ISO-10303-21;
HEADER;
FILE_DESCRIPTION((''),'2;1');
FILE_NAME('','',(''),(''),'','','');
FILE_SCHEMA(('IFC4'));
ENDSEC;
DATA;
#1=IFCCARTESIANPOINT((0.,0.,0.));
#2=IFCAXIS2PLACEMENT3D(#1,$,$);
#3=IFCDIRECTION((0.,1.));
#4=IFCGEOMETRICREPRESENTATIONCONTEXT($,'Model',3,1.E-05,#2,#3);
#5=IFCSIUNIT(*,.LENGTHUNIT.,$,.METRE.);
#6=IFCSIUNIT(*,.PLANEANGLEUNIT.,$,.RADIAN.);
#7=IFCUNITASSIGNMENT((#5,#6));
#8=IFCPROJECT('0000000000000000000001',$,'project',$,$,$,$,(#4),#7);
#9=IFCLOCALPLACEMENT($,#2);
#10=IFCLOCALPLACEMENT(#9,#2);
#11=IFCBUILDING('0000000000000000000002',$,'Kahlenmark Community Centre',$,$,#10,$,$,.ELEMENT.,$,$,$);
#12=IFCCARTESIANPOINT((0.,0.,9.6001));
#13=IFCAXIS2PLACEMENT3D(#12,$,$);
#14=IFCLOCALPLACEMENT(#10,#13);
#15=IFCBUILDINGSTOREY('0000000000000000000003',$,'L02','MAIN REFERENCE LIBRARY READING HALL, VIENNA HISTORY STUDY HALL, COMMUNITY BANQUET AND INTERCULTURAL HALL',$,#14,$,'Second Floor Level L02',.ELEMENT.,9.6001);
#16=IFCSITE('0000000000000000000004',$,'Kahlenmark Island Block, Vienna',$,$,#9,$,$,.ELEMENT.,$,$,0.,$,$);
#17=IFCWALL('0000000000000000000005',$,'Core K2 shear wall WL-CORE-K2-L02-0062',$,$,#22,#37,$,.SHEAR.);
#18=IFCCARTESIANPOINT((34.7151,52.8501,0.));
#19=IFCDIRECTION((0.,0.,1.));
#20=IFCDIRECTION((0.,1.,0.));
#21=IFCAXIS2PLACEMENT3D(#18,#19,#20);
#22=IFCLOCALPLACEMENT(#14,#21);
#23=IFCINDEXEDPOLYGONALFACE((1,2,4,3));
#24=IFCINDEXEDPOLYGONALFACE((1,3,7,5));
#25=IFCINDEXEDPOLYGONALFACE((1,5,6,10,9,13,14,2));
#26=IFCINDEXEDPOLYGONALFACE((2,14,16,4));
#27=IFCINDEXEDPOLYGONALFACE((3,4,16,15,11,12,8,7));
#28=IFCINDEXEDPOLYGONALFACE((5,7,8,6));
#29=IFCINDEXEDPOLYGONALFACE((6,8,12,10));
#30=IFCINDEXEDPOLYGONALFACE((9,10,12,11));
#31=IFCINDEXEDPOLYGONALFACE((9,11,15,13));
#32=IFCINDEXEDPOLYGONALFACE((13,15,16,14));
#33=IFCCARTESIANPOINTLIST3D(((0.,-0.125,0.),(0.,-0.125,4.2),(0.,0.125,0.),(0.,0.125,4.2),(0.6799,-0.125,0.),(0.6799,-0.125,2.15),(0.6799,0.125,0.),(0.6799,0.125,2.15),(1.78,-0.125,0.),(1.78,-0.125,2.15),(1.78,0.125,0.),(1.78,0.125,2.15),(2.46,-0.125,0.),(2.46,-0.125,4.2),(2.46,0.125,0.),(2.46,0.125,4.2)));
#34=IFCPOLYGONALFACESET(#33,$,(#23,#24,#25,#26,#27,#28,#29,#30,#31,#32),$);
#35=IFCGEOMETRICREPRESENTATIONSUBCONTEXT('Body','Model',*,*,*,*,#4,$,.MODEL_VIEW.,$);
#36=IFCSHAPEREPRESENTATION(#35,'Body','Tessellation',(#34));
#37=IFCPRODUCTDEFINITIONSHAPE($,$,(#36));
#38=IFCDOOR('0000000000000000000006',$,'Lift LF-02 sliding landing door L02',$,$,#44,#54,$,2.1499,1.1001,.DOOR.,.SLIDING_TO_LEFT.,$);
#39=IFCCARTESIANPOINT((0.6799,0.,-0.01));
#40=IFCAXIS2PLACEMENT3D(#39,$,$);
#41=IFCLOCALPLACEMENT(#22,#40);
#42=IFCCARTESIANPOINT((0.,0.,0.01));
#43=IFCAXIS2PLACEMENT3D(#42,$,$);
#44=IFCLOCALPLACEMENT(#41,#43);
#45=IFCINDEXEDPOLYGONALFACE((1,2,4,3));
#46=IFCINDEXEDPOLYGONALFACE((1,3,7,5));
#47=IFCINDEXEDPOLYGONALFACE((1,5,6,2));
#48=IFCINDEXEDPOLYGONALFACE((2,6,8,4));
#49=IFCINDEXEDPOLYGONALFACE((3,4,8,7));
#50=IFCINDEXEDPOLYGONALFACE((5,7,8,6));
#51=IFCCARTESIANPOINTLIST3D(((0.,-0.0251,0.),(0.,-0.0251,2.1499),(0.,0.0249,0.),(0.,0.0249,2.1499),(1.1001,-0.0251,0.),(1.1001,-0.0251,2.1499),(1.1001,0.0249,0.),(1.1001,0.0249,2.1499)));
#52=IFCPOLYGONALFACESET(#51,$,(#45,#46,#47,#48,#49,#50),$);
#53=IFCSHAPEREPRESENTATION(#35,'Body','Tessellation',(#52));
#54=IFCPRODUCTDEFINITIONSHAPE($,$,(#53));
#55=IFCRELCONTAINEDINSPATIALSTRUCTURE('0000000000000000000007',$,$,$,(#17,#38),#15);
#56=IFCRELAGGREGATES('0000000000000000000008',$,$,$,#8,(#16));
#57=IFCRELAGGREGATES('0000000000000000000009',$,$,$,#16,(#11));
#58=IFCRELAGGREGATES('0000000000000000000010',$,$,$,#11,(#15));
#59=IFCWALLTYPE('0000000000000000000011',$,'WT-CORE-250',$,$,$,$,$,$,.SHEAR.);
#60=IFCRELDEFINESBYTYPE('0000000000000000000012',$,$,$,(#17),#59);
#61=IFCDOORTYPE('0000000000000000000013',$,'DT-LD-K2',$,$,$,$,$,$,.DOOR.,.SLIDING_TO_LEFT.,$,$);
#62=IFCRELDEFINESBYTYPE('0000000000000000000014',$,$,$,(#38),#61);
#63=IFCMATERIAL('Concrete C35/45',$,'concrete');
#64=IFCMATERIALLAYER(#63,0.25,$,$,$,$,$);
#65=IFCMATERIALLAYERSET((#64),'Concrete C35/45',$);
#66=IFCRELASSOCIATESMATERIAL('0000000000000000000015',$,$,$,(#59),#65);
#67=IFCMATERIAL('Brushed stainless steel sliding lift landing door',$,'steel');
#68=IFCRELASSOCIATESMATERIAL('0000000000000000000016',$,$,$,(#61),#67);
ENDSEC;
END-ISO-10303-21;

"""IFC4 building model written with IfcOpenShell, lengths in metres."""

from ifc_helpers import new_model, si_unit, direction, frame, frame_2d, origin, place, context, subcontext, project, spatial, rectangle, extrude, material, layer, layer_set, type_object, element, fill, save


model = new_model("IFC4")

# Units and contexts
model_context = context("Model", 3, precision=1e-05, world=origin(), true_north=direction((0.0, 1.0)))
body_context = subcontext(model_context, "Body", "Model", "MODEL_VIEW")
ifc_project = project(units=[si_unit("LENGTHUNIT", "METRE"), si_unit("PLANEANGLEUNIT", "RADIAN")], contexts=[model_context])

# Site, building, storey
site_placement = place(None, origin())
site = spatial("IfcSite", under=ifc_project, at=site_placement, Name="Kahlenmark Island Block, Vienna", CompositionType="ELEMENT", RefElevation=0.0)
building_placement = place(site_placement, origin())
building = spatial("IfcBuilding", under=site, at=building_placement, Name="Kahlenmark Community Centre", CompositionType="ELEMENT")
storey_placement = place(building_placement, frame((0.0, 0.0, 9.6001)))
storey = spatial("IfcBuildingStorey", under=building, at=storey_placement, Name="L02", Description="MAIN REFERENCE LIBRARY READING HALL, VIENNA HISTORY STUDY HALL, COMMUNITY BANQUET AND INTERCULTURAL HALL", LongName="Second Floor Level L02", CompositionType="ELEMENT", Elevation=9.6001)

# Shared definitions
ifc_material_1 = material(Name="Concrete C35/45", Category="concrete")
ifc_layer_1 = layer(ifc_material_1, 0.25)
ifc_layer_set_1 = layer_set([ifc_layer_1], Name="Concrete C35/45")
wall_type = type_object("IfcWallType", Name="WT-CORE-250", PredefinedType="SHEAR", material=ifc_layer_set_1)

# Wall, opening, door
wall_1_placement = place(storey_placement, frame((34.7151, 52.8501, 0.0), z_axis=(0.0, 0.0, 1.0), x_axis=(0.0, 1.0, 0.0)))
wall_1 = element("IfcWall", 1, at=wall_1_placement, inside=storey, type_object=wall_type, Name="Core K2 shear wall WL-CORE-K2-L02-0062", PredefinedType="SHEAR", context=body_context, shape_type="SweptSolid", body=[
    extrude(rectangle(XDim=2.46, YDim=0.25, at=frame_2d((1.23, 0.0))), origin(), (0.0, 0.0, 1.0), 4.2),
])
opening_placement = place(wall_1_placement, frame((0.6799, 0.0, -0.01)))
opening = element("IfcOpeningElement", 2, at=opening_placement, cuts=wall_1, PredefinedType="OPENING", context=body_context, shape_type="SweptSolid", body=[
    extrude(rectangle(XDim=1.1001, YDim=2.1599, at=frame_2d((0.55, 1.0801))), frame((0.0, 0.135, 0.0), z_axis=(0.0, -1.0, 0.0), x_axis=(1.0, 0.0, 0.0)), (0.0, 0.0, 1.0), 0.27),
])
ifc_material_2 = material(Name="Brushed stainless steel sliding lift landing door", Category="steel")
door_type = type_object("IfcDoorType", Name="DT-LD-K2", OperationType="SLIDING_TO_LEFT", PredefinedType="DOOR", material=ifc_material_2)
door_placement = place(opening_placement, frame((0.0, 0.0, 0.01)))
door = element("IfcDoor", 3, at=door_placement, inside=storey, type_object=door_type, Name="Lift LF-02 sliding landing door L02", OperationType="SLIDING_TO_LEFT", OverallHeight=2.1499, OverallWidth=1.1001, PredefinedType="DOOR", context=body_context, shape_type="SweptSolid", body=[
    extrude(rectangle(XDim=1.1001, YDim=2.1499, at=frame_2d((0.55, 1.075))), frame((0.0, 0.0249, 0.0), z_axis=(0.0, -1.0, 0.0), x_axis=(1.0, 0.0, 0.0)), (0.0, 0.0, 1.0), 0.05),
])
fill(opening, door)

save(model, "model.ifc")
